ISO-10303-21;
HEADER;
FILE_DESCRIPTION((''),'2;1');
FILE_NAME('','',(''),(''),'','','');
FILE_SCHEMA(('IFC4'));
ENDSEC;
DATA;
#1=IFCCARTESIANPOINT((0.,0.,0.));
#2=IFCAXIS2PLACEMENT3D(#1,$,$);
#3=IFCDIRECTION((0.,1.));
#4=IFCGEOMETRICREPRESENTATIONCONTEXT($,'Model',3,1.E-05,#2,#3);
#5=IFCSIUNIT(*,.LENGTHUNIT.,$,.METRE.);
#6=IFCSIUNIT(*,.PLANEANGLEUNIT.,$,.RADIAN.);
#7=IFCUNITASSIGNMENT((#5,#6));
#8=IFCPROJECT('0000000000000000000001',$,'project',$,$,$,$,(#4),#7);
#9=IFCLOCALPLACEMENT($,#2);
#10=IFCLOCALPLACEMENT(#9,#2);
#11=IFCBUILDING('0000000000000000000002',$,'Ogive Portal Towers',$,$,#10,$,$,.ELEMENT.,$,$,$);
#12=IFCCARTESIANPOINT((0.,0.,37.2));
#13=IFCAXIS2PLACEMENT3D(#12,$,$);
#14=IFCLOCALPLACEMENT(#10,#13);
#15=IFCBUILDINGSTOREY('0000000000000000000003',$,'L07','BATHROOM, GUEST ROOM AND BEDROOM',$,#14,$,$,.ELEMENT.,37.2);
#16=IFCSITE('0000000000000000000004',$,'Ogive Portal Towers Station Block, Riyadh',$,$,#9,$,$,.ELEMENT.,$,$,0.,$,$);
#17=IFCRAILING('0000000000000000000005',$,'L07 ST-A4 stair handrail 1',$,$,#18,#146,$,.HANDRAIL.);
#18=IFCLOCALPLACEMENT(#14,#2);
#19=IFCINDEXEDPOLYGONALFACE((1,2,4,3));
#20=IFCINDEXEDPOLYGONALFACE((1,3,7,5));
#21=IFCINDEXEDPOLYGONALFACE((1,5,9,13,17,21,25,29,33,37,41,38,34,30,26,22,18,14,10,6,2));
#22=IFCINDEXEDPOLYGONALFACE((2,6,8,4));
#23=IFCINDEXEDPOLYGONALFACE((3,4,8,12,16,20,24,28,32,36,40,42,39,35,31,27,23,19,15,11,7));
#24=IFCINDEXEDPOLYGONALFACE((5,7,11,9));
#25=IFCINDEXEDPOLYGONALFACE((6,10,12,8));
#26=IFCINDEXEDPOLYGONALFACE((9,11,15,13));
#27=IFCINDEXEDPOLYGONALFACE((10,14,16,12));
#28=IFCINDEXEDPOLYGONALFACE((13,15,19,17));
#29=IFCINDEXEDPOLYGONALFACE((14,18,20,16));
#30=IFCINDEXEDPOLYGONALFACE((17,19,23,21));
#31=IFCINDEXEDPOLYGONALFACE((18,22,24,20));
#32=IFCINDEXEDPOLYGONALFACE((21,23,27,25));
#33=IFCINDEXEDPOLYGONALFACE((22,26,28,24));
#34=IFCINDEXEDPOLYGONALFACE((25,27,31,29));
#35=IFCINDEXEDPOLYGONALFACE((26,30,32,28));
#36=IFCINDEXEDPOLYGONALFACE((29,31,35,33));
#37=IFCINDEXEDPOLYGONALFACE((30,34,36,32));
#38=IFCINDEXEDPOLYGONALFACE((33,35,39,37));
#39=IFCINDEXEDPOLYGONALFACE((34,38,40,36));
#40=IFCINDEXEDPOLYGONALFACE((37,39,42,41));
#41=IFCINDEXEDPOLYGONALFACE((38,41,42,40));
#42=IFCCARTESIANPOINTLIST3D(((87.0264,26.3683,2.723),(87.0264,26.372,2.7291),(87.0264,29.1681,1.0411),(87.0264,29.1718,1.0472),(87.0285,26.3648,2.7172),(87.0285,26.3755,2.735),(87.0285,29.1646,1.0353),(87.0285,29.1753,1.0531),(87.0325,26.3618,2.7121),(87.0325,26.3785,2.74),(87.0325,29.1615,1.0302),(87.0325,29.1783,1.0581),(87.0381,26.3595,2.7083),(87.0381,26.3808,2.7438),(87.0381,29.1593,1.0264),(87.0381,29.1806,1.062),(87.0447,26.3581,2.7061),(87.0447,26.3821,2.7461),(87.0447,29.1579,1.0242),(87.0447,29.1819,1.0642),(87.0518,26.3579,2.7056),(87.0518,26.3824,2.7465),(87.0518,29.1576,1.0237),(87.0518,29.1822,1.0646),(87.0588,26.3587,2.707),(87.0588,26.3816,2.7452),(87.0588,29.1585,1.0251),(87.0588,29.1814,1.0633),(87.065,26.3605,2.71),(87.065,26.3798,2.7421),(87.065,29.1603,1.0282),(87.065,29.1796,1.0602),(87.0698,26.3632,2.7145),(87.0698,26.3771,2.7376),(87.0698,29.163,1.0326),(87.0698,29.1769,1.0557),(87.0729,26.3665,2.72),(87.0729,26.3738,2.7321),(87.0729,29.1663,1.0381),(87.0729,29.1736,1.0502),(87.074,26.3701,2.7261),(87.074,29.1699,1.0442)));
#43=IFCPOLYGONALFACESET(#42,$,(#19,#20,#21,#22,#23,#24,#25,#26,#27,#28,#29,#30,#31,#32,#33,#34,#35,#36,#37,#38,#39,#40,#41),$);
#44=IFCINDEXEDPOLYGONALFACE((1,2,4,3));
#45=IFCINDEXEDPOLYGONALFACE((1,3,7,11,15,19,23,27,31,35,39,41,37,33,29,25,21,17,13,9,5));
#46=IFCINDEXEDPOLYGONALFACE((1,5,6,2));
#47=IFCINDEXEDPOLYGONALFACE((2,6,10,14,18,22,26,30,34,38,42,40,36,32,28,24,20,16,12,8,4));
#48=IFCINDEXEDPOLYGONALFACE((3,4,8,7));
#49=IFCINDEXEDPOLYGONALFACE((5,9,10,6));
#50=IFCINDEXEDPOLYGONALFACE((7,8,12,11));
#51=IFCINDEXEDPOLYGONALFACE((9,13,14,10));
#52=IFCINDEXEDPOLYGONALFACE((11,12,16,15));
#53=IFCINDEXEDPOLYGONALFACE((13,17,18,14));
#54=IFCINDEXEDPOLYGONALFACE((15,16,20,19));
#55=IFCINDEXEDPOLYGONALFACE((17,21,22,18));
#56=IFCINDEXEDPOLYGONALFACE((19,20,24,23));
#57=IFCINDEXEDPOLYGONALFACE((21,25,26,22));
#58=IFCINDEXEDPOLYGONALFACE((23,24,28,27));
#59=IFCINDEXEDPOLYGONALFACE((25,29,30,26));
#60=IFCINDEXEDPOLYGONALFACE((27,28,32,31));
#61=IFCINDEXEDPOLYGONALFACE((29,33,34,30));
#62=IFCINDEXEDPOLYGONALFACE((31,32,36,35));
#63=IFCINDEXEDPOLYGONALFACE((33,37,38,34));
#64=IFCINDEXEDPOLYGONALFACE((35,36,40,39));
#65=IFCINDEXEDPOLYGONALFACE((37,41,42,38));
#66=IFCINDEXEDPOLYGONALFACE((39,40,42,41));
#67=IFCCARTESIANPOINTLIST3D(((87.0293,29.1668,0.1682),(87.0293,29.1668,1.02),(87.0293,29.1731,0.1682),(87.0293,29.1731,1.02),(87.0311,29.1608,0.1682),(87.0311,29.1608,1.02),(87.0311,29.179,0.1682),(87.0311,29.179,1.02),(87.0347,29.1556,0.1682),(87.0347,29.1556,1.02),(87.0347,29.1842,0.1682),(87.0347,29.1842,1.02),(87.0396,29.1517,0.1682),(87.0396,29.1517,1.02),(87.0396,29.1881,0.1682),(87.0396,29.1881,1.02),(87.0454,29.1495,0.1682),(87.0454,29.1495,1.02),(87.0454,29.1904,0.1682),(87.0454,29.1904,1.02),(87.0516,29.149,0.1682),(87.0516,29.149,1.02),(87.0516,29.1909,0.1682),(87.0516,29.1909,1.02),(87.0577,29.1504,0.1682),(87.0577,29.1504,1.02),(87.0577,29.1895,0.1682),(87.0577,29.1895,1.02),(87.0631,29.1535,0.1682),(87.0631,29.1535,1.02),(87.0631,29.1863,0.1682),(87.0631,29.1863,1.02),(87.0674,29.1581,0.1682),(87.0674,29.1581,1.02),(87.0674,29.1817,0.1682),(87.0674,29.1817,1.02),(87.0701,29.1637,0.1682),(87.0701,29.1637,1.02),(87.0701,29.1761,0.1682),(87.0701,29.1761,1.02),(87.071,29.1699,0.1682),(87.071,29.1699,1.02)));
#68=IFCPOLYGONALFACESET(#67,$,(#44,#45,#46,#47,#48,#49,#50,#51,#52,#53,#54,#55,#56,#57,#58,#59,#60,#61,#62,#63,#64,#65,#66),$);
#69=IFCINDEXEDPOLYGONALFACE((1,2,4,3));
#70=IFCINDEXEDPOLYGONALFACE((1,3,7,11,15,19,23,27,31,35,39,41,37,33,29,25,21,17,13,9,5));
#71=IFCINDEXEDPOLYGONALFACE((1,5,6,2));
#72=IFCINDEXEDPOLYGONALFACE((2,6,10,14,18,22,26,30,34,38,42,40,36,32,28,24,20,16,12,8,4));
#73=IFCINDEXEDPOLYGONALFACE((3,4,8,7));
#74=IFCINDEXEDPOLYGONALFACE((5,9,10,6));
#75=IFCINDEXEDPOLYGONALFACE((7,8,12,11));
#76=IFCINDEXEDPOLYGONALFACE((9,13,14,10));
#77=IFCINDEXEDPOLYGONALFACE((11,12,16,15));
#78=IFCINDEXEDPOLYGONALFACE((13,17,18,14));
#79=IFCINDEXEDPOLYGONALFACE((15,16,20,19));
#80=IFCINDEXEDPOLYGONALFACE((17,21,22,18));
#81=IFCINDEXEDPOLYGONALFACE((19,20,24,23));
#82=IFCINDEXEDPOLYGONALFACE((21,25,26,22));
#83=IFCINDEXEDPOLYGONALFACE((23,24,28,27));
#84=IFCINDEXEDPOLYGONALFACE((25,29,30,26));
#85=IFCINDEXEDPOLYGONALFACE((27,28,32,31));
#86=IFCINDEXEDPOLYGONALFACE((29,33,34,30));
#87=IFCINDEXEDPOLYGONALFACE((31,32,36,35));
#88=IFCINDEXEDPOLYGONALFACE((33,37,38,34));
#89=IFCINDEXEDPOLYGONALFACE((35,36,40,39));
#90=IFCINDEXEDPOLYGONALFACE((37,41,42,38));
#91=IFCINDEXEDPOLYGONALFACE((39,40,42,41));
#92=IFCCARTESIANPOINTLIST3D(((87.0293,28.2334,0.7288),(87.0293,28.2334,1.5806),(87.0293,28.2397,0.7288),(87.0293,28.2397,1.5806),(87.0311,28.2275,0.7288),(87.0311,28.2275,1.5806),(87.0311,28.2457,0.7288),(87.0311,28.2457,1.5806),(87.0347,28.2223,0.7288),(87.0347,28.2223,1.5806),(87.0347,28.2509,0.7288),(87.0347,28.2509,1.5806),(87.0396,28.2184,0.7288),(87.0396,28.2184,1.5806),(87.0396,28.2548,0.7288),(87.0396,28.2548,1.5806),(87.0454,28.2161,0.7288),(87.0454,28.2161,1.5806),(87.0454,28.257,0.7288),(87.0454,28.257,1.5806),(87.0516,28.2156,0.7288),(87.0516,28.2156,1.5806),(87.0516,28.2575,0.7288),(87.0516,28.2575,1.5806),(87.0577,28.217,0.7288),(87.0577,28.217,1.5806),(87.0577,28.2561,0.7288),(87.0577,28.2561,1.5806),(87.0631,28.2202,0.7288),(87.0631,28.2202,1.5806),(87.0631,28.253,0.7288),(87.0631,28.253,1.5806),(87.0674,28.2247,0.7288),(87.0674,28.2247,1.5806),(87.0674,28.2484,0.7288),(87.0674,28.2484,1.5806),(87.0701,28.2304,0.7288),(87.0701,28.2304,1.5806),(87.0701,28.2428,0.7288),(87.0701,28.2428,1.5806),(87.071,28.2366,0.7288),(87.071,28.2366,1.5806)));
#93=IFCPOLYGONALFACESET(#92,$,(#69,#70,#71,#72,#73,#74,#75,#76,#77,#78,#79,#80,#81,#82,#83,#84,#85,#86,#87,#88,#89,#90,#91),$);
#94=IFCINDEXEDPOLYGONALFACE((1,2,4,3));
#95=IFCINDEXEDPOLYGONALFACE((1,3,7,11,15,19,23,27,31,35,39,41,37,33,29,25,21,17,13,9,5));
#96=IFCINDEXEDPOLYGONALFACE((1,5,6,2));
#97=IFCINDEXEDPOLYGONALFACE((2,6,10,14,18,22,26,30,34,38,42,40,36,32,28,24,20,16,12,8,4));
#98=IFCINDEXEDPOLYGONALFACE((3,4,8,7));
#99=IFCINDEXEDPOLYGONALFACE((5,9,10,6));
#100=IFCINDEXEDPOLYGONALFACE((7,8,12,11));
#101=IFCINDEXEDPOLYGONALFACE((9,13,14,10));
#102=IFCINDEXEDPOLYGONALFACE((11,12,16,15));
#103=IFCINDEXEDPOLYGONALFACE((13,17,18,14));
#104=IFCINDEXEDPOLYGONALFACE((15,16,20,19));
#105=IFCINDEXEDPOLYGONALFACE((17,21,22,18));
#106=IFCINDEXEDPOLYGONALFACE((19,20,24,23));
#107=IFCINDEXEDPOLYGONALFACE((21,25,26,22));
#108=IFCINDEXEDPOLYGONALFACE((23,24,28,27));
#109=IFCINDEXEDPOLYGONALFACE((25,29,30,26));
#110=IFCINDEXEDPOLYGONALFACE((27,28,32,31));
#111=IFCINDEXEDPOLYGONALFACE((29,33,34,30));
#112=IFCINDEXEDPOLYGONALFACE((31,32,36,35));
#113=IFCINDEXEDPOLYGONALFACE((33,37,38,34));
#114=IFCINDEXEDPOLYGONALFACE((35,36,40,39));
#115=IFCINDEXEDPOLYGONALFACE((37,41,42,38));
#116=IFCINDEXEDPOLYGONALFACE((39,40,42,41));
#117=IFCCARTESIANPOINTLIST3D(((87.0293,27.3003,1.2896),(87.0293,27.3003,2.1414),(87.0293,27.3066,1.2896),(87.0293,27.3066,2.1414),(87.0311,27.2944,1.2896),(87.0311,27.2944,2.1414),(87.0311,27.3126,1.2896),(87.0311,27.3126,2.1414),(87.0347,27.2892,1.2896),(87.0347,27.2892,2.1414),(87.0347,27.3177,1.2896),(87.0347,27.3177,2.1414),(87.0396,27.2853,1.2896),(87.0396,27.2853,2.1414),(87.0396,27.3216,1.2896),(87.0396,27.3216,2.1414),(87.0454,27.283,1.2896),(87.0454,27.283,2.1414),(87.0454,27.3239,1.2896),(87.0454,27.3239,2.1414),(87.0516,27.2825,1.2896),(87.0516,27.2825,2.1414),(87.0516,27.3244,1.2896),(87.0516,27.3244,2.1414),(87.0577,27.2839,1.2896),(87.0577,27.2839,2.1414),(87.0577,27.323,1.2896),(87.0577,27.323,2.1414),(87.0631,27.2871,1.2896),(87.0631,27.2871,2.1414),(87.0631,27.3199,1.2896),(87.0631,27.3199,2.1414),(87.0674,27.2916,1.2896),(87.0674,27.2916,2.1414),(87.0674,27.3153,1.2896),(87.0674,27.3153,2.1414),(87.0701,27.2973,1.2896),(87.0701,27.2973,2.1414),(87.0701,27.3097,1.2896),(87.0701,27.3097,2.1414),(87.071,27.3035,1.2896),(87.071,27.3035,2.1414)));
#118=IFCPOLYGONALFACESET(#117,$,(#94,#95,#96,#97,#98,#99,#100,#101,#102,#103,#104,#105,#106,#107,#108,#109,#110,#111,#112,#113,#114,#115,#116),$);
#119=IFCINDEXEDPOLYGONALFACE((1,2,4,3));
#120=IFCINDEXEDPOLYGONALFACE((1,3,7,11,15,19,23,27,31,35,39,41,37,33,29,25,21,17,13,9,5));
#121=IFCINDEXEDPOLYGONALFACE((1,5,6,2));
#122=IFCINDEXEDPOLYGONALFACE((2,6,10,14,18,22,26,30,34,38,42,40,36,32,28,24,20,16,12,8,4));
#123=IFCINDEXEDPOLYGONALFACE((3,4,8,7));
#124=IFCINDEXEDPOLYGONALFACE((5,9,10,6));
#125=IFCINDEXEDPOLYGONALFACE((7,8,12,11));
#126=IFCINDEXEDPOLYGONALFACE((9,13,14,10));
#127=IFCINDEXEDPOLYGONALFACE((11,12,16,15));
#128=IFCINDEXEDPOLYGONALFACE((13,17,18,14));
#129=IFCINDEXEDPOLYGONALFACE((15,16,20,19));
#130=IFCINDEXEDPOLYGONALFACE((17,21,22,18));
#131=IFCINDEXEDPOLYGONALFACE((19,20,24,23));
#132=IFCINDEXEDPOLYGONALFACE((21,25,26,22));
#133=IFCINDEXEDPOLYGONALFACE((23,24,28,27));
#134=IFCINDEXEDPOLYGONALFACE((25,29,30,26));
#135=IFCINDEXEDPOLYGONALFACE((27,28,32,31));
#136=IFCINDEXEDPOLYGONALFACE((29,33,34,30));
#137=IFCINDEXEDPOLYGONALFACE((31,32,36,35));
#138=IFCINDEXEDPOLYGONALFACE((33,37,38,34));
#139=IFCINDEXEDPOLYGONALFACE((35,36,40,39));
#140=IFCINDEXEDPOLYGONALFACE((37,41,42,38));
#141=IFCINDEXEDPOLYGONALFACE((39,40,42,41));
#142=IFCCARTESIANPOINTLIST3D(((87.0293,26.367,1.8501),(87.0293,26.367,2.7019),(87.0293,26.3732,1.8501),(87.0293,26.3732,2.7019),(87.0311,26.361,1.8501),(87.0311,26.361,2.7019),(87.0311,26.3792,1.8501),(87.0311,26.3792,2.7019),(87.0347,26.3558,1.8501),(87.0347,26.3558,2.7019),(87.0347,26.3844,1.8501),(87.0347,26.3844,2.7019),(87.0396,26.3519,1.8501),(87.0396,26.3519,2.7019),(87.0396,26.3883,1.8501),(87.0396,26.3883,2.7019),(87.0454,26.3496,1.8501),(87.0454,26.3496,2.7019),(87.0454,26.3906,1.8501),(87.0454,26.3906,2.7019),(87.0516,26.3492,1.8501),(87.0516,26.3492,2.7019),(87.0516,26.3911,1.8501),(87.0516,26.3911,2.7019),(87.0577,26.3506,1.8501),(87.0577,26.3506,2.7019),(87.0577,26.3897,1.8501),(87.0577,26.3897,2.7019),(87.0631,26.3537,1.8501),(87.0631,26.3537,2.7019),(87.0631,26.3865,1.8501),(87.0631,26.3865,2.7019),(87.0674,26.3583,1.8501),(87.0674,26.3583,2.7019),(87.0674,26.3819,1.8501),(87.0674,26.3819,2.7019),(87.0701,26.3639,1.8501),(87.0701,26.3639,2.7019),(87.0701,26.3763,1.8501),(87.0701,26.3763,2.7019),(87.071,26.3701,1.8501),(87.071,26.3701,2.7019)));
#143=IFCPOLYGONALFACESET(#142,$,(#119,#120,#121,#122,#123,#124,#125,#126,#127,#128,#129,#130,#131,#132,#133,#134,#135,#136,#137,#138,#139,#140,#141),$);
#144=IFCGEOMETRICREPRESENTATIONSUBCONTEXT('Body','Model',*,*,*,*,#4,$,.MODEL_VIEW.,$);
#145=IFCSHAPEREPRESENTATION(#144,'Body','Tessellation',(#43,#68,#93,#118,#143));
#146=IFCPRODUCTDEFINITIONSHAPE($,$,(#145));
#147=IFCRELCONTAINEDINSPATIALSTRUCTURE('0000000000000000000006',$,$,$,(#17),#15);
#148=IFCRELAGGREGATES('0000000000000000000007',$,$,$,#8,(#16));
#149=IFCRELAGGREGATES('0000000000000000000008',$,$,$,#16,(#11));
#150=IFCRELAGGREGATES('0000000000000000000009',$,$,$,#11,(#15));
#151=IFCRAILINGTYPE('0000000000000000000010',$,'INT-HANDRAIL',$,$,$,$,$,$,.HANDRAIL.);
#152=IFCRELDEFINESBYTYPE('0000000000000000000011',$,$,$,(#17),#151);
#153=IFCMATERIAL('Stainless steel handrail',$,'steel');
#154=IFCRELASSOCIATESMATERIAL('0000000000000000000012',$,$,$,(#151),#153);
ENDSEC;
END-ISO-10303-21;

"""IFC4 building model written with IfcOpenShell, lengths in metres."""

from ifc_helpers import new_model, si_unit, direction, frame, origin, origin_2d, place, context, subcontext, project, spatial, circle, extrude, material, type_object, element, save


model = new_model("IFC4")

# Units and contexts
model_context = context("Model", 3, precision=1e-05, world=origin(), true_north=direction((0.0, 1.0)))
body_context = subcontext(model_context, "Body", "Model", "MODEL_VIEW")
ifc_project = project(units=[si_unit("LENGTHUNIT", "METRE"), si_unit("PLANEANGLEUNIT", "RADIAN")], contexts=[model_context])

# Site, building, storey
site_placement = place(None, origin())
site = spatial("IfcSite", under=ifc_project, at=site_placement, Name="Ogive Portal Towers Station Block, Riyadh", CompositionType="ELEMENT", RefElevation=0.0)
building_placement = place(site_placement, origin())
building = spatial("IfcBuilding", under=site, at=building_placement, Name="Ogive Portal Towers", CompositionType="ELEMENT")
storey_placement = place(building_placement, frame((0.0, 0.0, 37.2)))
storey = spatial("IfcBuildingStorey", under=building, at=storey_placement, Name="L07", Description="BATHROOM, GUEST ROOM AND BEDROOM", CompositionType="ELEMENT", Elevation=37.2)

# Railing
ifc_material_1 = material(Name="Stainless steel handrail", Category="steel")
railing_type_1 = type_object("IfcRailingType", Name="INT-HANDRAIL", PredefinedType="HANDRAIL", material=ifc_material_1)
railing_1_placement = place(storey_placement, frame((87.05, 29.1699, 0.1682)))
element("IfcRailing", 1, at=railing_1_placement, inside=storey, type_object=railing_type_1, Name="L07 ST-A4 stair handrail 1", PredefinedType="HANDRAIL", context=body_context, shape_type="SweptSolid", body=[
    extrude(circle(Radius=0.0239, at=origin_2d()), frame((0.0, 0.0, 0.876), z_axis=(0.0, -0.857222, 0.514946), x_axis=(1.0, 0.0, 0.0)), (0.0, 0.0, 1.0), 3.2661),
    extrude(circle(Radius=0.021, at=origin_2d()), origin(), (0.0, 0.0, 1.0), 0.8518),
    extrude(circle(Radius=0.021, at=origin_2d()), frame((0.0, -0.9333, 0.5605)), (0.0, 0.0, 1.0), 0.8518),
    extrude(circle(Radius=0.021, at=origin_2d()), frame((0.0, -1.8665, 1.1213)), (0.0, 0.0, 1.0), 0.8518),
    extrude(circle(Radius=0.021, at=origin_2d()), frame((0.0, -2.7998, 1.6819)), (0.0, 0.0, 1.0), 0.8518),
])

save(model, "model.ifc")
